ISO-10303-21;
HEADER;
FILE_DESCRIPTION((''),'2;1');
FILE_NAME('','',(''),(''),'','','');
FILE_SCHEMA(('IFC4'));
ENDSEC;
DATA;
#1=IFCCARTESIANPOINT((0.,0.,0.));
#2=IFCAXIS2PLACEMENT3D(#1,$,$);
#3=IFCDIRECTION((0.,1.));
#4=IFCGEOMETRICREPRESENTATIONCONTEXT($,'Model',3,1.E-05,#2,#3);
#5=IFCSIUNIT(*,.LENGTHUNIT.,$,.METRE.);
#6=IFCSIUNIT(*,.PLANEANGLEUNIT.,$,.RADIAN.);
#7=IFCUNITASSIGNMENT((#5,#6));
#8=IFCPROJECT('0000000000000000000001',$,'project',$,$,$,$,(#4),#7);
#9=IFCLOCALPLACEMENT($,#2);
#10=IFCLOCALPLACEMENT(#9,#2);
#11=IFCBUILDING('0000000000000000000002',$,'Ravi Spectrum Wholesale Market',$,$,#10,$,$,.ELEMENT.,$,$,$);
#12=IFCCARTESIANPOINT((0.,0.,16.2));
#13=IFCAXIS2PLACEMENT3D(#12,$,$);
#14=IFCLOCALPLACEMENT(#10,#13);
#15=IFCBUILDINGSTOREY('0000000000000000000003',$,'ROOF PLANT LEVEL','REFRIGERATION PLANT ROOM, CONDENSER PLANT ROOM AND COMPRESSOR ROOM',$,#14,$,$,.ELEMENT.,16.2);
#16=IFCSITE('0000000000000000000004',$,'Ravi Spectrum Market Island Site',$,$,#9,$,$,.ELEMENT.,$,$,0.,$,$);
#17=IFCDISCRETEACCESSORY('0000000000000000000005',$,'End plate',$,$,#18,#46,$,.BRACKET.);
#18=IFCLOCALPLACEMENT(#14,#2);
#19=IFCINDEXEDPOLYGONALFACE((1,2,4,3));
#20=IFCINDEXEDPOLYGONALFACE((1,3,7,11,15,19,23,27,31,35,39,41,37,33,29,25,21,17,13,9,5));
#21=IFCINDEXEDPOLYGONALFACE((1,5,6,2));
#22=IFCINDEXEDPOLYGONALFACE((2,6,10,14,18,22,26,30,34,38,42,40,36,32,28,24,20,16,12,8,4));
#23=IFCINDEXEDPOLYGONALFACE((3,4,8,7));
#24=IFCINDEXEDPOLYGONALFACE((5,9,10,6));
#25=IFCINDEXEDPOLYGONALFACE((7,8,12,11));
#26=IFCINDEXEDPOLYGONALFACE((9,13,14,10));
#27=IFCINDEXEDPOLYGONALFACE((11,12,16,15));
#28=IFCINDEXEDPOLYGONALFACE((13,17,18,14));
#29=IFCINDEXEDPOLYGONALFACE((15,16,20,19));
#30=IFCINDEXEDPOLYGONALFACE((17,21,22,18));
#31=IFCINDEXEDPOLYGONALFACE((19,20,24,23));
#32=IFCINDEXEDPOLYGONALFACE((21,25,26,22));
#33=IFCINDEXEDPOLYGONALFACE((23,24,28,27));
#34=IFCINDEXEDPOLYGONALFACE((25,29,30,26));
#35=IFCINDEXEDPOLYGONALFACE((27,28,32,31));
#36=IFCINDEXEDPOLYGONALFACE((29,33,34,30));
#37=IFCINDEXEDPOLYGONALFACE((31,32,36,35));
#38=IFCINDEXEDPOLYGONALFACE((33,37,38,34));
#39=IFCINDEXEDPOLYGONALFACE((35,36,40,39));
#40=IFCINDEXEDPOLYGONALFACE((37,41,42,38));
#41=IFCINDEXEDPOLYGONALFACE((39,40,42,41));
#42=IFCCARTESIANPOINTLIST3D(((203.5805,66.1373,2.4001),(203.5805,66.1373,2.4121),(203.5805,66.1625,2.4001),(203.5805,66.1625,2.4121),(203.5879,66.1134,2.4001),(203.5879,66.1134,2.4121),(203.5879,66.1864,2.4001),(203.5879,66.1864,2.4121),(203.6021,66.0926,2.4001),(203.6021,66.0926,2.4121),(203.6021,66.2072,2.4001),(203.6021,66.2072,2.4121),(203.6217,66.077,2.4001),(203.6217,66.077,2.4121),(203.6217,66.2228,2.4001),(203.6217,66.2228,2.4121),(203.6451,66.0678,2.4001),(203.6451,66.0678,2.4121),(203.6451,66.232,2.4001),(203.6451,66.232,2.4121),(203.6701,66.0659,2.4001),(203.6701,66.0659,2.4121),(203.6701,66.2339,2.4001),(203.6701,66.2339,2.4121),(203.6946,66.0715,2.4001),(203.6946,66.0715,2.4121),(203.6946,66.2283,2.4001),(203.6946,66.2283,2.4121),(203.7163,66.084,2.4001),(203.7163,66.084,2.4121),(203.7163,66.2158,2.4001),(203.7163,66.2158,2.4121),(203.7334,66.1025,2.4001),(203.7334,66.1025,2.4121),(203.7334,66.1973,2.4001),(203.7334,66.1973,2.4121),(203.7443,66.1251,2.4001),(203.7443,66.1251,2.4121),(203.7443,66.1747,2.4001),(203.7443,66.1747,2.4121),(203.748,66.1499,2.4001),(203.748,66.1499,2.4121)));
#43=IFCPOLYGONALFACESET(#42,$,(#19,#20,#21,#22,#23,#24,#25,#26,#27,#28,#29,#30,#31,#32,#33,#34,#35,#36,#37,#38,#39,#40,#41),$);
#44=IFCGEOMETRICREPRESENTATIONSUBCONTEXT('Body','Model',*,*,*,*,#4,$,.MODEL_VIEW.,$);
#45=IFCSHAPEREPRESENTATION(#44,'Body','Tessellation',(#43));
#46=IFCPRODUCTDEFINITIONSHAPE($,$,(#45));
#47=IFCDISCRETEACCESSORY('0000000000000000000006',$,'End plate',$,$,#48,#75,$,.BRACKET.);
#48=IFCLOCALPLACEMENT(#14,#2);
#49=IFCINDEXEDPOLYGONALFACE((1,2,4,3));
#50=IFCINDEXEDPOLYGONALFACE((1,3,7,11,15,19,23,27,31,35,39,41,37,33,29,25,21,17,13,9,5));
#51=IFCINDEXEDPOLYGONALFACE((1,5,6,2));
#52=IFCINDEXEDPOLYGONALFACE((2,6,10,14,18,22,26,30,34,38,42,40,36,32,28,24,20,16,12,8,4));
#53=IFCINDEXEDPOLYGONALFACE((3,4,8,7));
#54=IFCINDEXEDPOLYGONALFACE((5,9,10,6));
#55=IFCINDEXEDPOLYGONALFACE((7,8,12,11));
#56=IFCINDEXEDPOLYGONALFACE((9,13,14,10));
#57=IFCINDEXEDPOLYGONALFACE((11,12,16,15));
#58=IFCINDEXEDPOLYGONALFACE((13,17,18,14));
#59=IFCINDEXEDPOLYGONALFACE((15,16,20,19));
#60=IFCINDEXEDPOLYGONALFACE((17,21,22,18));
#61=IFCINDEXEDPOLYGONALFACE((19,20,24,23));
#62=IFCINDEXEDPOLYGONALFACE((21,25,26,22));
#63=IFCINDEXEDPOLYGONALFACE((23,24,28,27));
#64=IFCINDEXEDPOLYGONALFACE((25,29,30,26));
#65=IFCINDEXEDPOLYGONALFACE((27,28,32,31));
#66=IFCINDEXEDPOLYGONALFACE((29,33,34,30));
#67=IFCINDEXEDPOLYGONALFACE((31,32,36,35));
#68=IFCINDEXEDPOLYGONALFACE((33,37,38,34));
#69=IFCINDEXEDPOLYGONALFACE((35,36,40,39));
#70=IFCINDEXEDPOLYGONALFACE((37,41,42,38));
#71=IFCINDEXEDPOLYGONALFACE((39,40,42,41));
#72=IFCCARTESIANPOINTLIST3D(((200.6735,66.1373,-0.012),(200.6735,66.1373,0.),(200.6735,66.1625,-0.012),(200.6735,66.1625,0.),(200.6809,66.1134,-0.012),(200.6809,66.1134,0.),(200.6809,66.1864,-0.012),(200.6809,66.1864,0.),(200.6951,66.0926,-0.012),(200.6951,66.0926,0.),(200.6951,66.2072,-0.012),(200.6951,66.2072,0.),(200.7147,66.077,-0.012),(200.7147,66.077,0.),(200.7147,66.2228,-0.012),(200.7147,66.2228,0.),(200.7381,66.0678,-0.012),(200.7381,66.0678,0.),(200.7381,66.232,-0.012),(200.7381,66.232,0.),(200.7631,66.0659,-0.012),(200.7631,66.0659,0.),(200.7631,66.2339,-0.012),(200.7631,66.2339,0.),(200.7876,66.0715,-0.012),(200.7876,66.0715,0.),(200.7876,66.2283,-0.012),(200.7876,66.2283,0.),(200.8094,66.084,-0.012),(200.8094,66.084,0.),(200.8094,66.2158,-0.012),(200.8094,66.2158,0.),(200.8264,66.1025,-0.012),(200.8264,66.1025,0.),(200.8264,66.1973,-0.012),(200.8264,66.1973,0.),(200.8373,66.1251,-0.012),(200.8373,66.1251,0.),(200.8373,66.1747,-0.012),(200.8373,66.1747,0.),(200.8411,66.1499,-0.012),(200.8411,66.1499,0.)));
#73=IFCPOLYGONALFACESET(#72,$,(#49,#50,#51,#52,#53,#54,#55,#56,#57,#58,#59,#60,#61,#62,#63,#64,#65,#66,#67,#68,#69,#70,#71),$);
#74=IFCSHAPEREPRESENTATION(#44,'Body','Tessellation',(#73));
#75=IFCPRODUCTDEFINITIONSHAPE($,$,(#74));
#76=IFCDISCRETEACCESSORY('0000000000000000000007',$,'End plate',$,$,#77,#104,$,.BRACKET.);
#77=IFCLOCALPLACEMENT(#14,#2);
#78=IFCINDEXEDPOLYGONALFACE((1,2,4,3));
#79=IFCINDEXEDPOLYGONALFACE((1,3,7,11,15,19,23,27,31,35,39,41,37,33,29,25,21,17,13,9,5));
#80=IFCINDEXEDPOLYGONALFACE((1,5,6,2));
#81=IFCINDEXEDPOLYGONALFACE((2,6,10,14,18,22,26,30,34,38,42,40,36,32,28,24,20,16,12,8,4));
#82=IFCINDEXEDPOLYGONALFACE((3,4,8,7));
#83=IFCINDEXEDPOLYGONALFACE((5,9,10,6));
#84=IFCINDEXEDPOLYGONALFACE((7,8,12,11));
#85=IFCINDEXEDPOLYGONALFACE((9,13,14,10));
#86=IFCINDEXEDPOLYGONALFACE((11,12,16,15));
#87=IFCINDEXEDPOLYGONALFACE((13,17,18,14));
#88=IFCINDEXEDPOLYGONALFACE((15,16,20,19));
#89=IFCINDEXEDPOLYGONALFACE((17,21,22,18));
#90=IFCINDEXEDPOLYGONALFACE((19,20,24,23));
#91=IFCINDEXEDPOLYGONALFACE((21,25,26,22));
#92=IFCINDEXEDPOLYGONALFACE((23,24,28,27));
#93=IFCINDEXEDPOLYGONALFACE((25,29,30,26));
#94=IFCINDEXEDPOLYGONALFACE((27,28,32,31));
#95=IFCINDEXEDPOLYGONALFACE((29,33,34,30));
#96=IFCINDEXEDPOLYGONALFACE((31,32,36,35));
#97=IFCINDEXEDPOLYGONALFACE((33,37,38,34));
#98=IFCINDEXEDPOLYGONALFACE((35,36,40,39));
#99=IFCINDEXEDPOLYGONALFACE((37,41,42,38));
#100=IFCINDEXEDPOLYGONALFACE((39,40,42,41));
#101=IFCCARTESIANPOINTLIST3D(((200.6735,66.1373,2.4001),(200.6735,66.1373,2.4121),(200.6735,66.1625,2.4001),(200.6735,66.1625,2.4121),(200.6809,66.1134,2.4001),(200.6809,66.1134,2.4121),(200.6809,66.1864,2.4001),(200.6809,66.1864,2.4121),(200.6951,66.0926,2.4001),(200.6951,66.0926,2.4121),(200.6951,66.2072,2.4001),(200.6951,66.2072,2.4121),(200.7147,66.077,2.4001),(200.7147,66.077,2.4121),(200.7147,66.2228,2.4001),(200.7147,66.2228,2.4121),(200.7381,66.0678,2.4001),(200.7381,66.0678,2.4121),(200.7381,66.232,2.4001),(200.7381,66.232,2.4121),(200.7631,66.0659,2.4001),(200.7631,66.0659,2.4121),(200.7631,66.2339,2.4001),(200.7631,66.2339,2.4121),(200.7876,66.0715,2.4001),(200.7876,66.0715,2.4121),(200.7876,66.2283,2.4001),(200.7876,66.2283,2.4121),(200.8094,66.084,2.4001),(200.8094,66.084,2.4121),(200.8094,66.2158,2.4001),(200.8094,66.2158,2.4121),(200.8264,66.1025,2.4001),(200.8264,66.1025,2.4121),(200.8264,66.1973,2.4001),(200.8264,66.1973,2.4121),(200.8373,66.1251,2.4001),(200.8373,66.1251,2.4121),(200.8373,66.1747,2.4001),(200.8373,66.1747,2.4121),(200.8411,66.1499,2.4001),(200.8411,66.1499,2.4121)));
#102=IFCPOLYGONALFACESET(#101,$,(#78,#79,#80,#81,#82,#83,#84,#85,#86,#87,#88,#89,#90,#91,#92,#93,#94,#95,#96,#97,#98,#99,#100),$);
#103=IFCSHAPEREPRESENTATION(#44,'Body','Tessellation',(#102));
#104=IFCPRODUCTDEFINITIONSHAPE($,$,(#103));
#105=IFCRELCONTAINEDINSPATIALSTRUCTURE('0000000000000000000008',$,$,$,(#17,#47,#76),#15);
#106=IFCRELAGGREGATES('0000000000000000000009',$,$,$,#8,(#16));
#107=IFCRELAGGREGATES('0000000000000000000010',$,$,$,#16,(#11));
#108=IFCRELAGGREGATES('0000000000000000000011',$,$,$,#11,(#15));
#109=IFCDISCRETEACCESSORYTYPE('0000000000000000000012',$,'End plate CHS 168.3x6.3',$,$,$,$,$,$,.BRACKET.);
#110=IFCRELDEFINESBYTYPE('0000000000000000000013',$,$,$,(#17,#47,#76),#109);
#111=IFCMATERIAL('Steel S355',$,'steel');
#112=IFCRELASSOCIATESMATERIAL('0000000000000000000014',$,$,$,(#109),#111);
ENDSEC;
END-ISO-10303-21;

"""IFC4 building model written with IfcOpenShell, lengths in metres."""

from ifc_helpers import new_model, si_unit, direction, frame, origin, origin_2d, place, context, subcontext, project, spatial, circle, extrude, material, material_profile, profile_set, type_object, element, save


model = new_model("IFC4")

# Units and contexts
model_context = context("Model", 3, precision=1e-05, world=origin(), true_north=direction((0.0, 1.0)))
body_context = subcontext(model_context, "Body", "Model", "MODEL_VIEW")
ifc_project = project(units=[si_unit("LENGTHUNIT", "METRE"), si_unit("PLANEANGLEUNIT", "RADIAN")], contexts=[model_context])

# Site, building, storey
site_placement = place(None, origin())
site = spatial("IfcSite", under=ifc_project, at=site_placement, Name="Ravi Spectrum Market Island Site", CompositionType="ELEMENT", RefElevation=0.0)
building_placement = place(site_placement, origin())
building = spatial("IfcBuilding", under=site, at=building_placement, Name="Ravi Spectrum Wholesale Market", CompositionType="ELEMENT")
storey_placement = place(building_placement, frame((0.0, 0.0, 16.2)))
storey = spatial("IfcBuildingStorey", under=building, at=storey_placement, Name="ROOF PLANT LEVEL", Description="REFRIGERATION PLANT ROOM, CONDENSER PLANT ROOM AND COMPRESSOR ROOM", CompositionType="ELEMENT", Elevation=16.2)

# Discrete accessories
ifc_material_1 = material(Name="Steel S355", Category="steel")
ifc_material_profile_1 = material_profile(ifc_material_1, circle(Radius=0.0842, at=origin_2d()))
ifc_profile_set_1 = profile_set([ifc_material_profile_1], Name="Steel S355")
discrete_accessory_type = type_object("IfcDiscreteAccessoryType", Name="End plate CHS 168.3x6.3", PredefinedType="BRACKET", material=ifc_profile_set_1)
for number, where, z_axis, x_axis, name in (
    (1, (203.6638, 66.1499, 2.4001), (0.0, 0.0, 1.0), (1.0, 0.0, 0.0), "End plate"),
    (2, (200.7568, 66.1499, 0.0), (0.0, 0.0, -1.0), (1.0, 0.0, 0.0), "End plate"),
    (3, (200.7568, 66.1499, 2.4001), (0.0, 0.0, 1.0), (1.0, 0.0, 0.0), "End plate"),
):
    element("IfcDiscreteAccessory", number, at=place(storey_placement, frame(where, z_axis=z_axis, x_axis=x_axis)), inside=storey, type_object=discrete_accessory_type, Name=name, PredefinedType="BRACKET", context=body_context, shape_type="SweptSolid", body=[
        extrude(circle(Radius=0.0842, at=origin_2d()), origin(), (0.0, 0.0, 1.0), 0.012),
    ])

save(model, "model.ifc")
